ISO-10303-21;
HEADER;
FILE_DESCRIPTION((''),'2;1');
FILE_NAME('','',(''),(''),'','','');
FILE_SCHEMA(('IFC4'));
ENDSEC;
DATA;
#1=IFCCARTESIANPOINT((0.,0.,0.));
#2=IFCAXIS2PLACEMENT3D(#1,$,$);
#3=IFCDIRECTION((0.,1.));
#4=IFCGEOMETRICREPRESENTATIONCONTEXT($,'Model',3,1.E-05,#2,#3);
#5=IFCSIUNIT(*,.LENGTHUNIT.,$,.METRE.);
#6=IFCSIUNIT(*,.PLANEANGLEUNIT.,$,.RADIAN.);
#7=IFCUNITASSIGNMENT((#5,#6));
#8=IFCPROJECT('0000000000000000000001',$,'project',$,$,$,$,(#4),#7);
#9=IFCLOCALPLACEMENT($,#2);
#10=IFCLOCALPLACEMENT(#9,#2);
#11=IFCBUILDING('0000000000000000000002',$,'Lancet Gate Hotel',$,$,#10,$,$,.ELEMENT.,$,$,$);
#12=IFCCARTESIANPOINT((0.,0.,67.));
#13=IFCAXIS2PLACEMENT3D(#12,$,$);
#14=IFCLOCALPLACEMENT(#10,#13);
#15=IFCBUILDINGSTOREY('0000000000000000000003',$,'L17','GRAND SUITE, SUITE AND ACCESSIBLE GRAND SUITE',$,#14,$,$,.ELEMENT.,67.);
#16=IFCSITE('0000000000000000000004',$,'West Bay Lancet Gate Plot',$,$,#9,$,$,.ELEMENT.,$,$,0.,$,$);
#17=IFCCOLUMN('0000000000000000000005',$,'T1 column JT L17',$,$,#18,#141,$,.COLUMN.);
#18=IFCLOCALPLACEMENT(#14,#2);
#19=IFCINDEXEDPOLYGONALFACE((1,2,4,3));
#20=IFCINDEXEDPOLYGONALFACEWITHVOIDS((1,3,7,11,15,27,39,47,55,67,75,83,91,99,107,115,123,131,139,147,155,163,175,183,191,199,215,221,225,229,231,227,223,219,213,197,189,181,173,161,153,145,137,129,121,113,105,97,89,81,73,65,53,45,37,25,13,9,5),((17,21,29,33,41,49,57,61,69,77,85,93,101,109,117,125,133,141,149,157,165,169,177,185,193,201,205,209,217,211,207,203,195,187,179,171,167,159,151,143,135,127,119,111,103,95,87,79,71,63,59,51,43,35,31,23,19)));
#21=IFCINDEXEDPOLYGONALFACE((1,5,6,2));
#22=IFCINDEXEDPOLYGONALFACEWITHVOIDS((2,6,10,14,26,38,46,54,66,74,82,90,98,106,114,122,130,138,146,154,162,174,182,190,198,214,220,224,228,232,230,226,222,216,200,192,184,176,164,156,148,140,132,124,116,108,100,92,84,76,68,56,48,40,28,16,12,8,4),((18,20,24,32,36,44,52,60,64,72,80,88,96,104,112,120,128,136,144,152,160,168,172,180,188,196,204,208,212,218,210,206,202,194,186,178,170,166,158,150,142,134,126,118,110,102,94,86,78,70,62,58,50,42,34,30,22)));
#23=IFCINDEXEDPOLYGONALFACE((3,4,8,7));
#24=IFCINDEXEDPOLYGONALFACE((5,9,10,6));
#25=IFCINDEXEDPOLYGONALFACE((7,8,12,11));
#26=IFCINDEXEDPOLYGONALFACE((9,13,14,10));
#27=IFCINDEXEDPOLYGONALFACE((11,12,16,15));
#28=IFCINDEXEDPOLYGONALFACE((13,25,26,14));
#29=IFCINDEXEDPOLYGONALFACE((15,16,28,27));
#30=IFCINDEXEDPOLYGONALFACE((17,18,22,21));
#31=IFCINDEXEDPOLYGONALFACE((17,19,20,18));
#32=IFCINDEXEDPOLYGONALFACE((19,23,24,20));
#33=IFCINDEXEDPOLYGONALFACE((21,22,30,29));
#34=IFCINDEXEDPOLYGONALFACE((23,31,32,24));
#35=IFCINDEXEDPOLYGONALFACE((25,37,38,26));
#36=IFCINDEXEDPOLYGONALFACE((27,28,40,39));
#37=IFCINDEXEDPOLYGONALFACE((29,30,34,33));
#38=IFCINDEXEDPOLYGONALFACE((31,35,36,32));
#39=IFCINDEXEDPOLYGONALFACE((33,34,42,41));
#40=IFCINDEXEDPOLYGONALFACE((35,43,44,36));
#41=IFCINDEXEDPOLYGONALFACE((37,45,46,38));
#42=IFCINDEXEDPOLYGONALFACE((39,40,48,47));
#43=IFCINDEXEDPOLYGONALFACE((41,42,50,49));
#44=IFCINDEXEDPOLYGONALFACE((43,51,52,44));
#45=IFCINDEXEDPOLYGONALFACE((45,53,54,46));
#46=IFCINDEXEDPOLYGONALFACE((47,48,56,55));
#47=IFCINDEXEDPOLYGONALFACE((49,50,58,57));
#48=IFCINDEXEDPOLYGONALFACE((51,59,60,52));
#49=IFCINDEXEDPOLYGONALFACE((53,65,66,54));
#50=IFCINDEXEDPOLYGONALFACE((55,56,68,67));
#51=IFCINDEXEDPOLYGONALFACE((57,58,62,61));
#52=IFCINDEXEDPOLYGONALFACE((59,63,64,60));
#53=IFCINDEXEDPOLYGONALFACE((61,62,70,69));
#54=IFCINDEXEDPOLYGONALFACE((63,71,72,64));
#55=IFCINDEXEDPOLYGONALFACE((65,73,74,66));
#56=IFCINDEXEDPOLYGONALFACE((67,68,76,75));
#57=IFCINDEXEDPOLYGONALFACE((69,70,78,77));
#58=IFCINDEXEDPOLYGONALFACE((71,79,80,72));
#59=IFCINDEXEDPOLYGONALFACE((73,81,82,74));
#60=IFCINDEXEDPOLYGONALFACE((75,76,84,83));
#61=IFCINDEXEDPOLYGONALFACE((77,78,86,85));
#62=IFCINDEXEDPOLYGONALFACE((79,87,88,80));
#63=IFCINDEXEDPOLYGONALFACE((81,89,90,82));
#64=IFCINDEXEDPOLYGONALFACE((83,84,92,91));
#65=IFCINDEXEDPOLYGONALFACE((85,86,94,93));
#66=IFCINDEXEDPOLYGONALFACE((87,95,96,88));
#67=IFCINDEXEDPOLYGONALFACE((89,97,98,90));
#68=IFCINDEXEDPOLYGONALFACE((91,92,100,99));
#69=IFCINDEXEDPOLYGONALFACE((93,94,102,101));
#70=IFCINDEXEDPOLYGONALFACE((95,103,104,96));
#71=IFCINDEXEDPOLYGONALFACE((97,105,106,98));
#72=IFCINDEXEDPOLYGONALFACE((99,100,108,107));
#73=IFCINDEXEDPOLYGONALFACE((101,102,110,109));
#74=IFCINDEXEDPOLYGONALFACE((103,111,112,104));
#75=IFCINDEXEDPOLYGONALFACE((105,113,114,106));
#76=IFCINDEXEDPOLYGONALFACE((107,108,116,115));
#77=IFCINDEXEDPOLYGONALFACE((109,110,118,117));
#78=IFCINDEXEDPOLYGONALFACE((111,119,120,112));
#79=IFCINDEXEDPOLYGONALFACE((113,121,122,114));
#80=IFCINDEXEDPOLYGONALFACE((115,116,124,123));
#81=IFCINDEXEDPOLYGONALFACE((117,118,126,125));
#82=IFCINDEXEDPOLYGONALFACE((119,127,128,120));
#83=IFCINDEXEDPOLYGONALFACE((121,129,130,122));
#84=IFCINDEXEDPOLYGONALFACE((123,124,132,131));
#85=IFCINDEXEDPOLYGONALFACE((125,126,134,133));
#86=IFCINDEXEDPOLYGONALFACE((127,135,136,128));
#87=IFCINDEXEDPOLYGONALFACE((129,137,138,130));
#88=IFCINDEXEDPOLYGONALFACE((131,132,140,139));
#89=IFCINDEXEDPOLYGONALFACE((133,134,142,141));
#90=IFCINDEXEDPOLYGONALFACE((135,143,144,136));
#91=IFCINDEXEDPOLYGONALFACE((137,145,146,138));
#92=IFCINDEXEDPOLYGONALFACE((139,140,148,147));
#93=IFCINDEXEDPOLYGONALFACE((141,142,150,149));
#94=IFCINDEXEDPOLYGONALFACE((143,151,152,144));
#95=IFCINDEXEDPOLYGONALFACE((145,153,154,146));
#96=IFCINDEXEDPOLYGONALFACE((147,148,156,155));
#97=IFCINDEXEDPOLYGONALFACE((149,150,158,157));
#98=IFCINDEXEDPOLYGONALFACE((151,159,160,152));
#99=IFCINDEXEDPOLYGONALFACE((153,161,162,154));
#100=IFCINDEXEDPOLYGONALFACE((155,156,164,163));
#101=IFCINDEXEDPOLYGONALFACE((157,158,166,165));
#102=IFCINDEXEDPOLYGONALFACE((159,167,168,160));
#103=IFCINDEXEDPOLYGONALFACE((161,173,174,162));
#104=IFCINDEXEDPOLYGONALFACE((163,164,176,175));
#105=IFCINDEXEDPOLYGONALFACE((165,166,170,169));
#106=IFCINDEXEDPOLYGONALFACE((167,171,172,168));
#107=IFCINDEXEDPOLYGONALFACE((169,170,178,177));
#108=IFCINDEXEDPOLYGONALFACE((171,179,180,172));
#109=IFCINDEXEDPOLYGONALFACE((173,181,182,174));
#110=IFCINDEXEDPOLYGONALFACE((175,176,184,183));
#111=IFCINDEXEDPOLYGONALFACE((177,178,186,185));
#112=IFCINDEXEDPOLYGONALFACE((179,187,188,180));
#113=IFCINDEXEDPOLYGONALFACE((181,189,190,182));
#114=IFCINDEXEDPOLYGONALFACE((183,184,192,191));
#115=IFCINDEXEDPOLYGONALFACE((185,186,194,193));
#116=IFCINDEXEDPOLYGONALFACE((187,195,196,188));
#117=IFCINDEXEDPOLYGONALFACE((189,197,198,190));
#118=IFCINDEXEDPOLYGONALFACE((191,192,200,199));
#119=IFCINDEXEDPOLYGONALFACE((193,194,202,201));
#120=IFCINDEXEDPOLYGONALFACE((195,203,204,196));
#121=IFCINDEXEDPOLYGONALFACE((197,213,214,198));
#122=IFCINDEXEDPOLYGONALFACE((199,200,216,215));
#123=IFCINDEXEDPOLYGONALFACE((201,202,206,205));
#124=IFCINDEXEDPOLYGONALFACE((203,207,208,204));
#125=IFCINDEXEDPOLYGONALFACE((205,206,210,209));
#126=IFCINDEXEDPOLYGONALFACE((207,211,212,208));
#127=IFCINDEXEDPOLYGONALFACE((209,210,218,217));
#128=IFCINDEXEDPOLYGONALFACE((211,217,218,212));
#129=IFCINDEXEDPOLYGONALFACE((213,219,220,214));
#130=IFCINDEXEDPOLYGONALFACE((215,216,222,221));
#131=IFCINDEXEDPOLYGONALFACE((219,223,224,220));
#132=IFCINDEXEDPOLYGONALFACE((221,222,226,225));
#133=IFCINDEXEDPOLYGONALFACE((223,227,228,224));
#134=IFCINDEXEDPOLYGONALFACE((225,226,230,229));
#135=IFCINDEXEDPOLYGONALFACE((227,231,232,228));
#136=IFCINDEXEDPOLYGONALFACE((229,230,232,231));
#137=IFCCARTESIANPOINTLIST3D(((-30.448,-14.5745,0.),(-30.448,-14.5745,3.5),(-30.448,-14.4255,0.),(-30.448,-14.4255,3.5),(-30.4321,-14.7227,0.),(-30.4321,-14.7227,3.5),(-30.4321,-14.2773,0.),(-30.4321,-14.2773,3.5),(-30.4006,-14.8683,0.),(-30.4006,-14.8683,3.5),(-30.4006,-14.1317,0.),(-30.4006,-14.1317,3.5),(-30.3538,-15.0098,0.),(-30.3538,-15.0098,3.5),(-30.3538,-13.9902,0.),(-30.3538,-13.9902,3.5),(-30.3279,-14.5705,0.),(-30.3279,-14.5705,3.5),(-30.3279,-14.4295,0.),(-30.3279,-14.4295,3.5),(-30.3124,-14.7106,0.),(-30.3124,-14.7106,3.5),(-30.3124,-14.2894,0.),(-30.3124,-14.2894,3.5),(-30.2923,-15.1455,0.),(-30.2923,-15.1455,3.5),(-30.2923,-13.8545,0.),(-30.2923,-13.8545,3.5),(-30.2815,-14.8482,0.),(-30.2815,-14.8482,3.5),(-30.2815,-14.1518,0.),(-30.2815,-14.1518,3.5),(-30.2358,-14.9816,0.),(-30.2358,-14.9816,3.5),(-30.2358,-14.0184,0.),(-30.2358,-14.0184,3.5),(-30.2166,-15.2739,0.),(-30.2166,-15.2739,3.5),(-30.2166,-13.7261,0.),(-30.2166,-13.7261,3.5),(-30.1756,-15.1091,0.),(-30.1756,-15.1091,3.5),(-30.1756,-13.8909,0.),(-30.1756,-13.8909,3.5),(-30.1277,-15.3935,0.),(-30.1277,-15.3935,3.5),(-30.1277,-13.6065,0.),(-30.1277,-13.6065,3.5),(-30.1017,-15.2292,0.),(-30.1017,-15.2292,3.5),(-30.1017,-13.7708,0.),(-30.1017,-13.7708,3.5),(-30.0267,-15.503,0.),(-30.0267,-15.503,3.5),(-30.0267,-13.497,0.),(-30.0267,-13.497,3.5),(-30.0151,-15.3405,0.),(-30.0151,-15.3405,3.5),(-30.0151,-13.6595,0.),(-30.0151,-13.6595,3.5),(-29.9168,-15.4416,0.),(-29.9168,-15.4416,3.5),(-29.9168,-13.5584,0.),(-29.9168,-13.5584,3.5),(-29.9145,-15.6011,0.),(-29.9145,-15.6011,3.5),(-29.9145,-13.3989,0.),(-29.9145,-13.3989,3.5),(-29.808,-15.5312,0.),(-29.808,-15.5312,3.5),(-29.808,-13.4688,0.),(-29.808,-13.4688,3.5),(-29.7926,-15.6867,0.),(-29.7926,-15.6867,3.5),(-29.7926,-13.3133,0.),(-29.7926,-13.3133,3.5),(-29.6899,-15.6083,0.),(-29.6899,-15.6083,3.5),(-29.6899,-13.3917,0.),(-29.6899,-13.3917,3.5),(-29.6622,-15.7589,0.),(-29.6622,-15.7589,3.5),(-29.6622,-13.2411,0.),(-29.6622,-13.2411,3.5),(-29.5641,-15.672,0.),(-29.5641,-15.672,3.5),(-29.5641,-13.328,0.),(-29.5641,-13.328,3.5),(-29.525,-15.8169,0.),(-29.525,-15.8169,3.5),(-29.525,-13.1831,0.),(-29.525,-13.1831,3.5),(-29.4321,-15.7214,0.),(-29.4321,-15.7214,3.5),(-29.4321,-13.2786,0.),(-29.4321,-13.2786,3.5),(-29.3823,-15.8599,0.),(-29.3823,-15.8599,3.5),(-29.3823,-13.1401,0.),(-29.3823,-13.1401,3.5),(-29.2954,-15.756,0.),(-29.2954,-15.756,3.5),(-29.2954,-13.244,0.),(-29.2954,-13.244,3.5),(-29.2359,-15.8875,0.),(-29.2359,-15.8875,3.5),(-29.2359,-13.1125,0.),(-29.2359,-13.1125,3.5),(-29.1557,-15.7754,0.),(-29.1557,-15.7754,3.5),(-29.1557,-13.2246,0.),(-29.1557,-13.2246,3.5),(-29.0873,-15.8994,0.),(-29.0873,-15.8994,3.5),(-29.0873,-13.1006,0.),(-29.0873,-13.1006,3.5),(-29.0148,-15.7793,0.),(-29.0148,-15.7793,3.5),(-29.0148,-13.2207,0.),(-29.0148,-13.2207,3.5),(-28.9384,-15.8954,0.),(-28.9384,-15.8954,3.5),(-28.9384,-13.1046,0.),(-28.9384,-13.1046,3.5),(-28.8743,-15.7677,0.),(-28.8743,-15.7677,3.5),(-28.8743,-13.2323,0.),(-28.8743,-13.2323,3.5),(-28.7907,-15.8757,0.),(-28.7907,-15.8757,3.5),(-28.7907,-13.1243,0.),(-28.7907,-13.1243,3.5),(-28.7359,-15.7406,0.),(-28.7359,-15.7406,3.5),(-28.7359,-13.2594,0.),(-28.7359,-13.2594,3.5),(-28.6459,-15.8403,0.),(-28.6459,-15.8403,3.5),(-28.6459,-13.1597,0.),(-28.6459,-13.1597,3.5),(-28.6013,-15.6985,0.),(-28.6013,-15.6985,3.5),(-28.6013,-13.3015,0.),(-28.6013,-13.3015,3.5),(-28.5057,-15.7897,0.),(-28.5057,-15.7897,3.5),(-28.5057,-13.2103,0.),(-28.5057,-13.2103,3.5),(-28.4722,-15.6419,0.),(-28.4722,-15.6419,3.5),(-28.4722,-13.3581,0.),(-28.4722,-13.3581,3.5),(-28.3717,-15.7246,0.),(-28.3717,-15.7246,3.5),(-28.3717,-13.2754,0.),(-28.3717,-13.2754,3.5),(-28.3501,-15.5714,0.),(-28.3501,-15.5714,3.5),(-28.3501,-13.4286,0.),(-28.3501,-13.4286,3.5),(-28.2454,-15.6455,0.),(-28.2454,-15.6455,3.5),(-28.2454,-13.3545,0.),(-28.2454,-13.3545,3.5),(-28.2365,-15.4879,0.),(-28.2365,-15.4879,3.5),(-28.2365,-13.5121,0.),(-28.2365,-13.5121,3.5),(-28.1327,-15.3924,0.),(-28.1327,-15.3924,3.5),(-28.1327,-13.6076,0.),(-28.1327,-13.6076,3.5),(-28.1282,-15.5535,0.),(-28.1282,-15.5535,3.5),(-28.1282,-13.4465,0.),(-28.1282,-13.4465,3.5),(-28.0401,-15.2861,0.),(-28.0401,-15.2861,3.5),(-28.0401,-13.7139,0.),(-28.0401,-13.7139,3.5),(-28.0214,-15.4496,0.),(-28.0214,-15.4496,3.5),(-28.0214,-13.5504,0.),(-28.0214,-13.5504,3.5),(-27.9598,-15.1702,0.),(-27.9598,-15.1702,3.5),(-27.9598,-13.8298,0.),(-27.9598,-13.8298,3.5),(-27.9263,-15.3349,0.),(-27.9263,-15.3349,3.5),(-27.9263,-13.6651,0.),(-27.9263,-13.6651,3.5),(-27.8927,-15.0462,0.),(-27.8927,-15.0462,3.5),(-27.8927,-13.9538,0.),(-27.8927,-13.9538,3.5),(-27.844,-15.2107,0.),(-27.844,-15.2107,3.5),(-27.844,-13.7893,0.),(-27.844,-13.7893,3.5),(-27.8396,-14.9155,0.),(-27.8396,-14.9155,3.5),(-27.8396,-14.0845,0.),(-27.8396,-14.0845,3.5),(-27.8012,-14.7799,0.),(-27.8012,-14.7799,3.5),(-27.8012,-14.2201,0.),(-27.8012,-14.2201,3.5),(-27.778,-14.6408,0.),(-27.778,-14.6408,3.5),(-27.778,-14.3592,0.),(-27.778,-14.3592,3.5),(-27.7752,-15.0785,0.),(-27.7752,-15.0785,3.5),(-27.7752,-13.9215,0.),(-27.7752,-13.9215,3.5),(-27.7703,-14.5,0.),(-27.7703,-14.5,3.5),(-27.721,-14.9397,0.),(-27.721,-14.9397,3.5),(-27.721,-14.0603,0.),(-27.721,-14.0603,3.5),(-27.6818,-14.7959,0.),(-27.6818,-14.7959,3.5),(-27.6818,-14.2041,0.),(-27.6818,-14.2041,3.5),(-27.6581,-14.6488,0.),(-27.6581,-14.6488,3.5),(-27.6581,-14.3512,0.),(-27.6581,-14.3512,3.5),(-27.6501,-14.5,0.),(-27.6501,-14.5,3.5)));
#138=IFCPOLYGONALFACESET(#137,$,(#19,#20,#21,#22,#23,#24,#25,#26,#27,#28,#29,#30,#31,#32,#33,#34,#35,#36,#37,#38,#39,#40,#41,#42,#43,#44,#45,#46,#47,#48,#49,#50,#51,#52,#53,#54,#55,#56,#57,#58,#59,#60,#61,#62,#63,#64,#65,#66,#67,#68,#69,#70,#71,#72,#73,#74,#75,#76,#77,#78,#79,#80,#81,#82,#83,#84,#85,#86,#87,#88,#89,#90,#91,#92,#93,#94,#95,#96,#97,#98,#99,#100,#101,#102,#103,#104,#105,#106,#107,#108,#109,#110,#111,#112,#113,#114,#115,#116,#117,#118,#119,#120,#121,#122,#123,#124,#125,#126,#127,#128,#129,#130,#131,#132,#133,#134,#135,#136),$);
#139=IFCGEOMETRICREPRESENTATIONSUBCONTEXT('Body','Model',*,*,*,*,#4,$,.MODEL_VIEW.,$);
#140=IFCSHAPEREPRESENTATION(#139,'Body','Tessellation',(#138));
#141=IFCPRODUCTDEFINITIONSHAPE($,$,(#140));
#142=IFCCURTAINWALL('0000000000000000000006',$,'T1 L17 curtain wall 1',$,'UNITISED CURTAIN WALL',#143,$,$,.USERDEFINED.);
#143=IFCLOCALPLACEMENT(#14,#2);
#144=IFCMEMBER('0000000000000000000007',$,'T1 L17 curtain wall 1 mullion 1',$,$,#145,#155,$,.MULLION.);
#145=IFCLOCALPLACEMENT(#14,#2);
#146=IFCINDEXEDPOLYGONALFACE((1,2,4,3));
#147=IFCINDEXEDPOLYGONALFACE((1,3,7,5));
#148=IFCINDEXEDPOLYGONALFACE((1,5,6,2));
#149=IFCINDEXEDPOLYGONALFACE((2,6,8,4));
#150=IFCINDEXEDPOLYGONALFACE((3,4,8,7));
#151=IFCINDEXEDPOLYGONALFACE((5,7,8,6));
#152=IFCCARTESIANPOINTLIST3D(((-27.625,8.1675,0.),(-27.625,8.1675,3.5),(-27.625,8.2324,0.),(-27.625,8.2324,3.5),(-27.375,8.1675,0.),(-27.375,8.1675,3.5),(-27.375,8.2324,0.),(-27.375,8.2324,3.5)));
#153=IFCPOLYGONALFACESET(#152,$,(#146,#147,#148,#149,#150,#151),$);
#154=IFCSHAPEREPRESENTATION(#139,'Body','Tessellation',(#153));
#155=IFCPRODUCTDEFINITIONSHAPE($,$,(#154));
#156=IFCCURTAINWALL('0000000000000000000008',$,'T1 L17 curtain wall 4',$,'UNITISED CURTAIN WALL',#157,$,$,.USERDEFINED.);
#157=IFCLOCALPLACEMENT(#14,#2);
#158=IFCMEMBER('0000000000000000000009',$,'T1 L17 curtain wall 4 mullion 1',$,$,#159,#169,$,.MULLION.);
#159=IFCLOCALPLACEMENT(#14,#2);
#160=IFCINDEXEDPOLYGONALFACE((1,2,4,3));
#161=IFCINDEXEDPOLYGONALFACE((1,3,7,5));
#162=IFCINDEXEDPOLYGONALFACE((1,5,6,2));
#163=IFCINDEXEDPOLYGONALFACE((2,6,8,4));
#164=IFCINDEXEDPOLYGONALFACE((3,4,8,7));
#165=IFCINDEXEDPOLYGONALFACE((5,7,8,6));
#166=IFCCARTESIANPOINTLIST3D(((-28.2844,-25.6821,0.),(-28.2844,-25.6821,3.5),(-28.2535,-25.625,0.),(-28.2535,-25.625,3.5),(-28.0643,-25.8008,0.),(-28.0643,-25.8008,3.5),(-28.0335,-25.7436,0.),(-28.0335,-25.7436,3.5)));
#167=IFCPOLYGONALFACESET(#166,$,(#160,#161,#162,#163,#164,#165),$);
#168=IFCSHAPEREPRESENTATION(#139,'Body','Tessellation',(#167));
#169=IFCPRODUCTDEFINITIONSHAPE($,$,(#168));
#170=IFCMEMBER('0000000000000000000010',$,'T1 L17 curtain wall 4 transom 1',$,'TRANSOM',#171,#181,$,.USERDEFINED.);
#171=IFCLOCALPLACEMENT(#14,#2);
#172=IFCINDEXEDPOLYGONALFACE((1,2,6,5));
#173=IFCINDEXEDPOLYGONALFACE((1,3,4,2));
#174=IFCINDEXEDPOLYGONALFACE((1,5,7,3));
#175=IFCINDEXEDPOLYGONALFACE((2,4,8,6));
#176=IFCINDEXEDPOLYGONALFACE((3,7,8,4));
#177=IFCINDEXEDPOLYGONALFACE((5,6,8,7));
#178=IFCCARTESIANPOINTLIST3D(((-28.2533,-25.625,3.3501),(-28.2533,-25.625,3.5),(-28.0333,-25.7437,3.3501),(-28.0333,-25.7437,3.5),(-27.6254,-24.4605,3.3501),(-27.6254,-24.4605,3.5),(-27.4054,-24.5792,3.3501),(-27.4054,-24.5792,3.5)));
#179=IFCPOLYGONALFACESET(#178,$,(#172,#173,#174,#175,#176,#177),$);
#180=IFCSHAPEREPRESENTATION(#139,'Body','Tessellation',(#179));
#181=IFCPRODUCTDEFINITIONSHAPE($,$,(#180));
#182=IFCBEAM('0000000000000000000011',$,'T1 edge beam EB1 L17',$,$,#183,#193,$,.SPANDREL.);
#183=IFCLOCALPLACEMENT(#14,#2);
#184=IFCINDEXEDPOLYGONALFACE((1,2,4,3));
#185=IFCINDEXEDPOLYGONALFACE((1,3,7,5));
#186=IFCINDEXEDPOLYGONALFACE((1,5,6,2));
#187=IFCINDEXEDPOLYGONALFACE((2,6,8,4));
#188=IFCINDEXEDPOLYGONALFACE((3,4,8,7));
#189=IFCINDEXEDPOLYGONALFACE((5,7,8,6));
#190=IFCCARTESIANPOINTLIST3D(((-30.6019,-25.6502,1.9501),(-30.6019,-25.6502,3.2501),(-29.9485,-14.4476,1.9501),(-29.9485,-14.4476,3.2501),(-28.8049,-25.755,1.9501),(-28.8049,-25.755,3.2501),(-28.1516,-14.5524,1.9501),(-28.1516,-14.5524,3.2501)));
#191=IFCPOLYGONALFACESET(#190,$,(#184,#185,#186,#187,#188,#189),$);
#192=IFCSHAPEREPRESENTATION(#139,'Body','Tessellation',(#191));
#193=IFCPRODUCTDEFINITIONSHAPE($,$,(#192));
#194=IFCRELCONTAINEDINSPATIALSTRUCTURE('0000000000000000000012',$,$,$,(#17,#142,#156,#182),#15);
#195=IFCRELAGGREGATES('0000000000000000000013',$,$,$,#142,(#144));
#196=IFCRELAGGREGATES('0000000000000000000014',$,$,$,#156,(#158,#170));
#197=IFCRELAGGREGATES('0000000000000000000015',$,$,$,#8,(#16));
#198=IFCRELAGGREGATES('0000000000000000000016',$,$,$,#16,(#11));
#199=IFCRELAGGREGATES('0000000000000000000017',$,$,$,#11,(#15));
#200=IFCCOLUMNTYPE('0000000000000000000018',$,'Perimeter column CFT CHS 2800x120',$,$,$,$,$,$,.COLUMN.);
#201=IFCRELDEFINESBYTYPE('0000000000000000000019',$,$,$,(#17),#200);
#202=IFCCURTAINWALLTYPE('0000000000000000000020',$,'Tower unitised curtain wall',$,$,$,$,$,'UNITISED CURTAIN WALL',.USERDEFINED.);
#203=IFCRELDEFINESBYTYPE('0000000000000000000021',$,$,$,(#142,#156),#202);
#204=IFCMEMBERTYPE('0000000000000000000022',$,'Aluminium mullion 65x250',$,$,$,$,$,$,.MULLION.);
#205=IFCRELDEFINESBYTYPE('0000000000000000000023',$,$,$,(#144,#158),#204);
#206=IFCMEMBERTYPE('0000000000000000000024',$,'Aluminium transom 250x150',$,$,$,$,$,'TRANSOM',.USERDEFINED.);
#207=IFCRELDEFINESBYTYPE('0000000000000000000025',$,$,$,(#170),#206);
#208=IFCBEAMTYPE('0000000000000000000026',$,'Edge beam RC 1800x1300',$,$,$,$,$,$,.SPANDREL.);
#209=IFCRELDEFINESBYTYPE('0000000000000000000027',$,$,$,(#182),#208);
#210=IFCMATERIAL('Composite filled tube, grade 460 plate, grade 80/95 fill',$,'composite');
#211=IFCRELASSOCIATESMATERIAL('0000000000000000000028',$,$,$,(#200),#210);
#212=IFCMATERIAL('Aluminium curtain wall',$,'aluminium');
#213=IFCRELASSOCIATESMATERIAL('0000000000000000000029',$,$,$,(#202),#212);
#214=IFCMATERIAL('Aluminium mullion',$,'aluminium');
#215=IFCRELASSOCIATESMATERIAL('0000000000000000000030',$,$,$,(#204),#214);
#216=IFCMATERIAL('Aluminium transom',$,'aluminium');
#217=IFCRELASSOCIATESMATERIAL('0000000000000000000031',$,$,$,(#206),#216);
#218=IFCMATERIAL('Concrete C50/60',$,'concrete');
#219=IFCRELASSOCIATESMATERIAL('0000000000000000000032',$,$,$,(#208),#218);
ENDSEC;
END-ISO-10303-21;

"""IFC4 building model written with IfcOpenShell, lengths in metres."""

from ifc_helpers import new_model, si_unit, direction, frame, origin, origin_2d, place, context, subcontext, project, spatial, rectangle, hollow_circle, extrude, material, material_profile, profile_set, type_object, element, aggregate, save


model = new_model("IFC4")

# Units and contexts
model_context = context("Model", 3, precision=1e-05, world=origin(), true_north=direction((0.0, 1.0)))
body_context = subcontext(model_context, "Body", "Model", "MODEL_VIEW")
ifc_project = project(units=[si_unit("LENGTHUNIT", "METRE"), si_unit("PLANEANGLEUNIT", "RADIAN")], contexts=[model_context])

# Site, building, storey
site_placement = place(None, origin())
site = spatial("IfcSite", under=ifc_project, at=site_placement, Name="West Bay Lancet Gate Plot", CompositionType="ELEMENT", RefElevation=0.0)
building_placement = place(site_placement, origin())
building = spatial("IfcBuilding", under=site, at=building_placement, Name="Lancet Gate Hotel", CompositionType="ELEMENT")
storey_placement = place(building_placement, frame((0.0, 0.0, 67.0)))
storey = spatial("IfcBuildingStorey", under=building, at=storey_placement, Name="L17", Description="GRAND SUITE, SUITE AND ACCESSIBLE GRAND SUITE", CompositionType="ELEMENT", Elevation=67.0)

# Column
ifc_material_1 = material(Name="Composite filled tube, grade 460 plate, grade 80/95 fill", Category="composite")
ifc_material_profile_1 = material_profile(ifc_material_1, hollow_circle(Radius=1.3999, WallThickness=0.1201, at=origin_2d()), Name="CHS 2800x120")
ifc_profile_set_1 = profile_set([ifc_material_profile_1], Name="Composite filled tube, grade 460 plate, grade 80/95 fill")
column_type = type_object("IfcColumnType", Name="Perimeter column CFT CHS 2800x120", PredefinedType="COLUMN", material=ifc_profile_set_1)
for number, where, z_axis, x_axis, name in (
    (1, (-29.05, -14.5, 0.0), (0.0, 0.0, 1.0), (1.0, 0.0, 0.0), "T1 column JT L17"),
):
    element("IfcColumn", number, at=place(storey_placement, frame(where, z_axis=z_axis, x_axis=x_axis)), inside=storey, type_object=column_type, Name=name, PredefinedType="COLUMN", context=body_context, shape_type="SweptSolid", body=[
        extrude(hollow_circle(Radius=1.3999, WallThickness=0.1201, at=origin_2d()), origin(), (0.0, 0.0, 1.0), 3.5),
    ])

# Curtain wall, member
ifc_material_2 = material(Name="Aluminium curtain wall", Category="aluminium")
curtain_wall_type = type_object("IfcCurtainWallType", Name="Tower unitised curtain wall", ElementType="UNITISED CURTAIN WALL", PredefinedType="USERDEFINED", material=ifc_material_2)
curtain_wall_1_placement = place(storey_placement, origin())
curtain_wall_1 = element("IfcCurtainWall", 2, at=curtain_wall_1_placement, inside=storey, type_object=curtain_wall_type, Name="T1 L17 curtain wall 1", ObjectType="UNITISED CURTAIN WALL", PredefinedType="USERDEFINED")
ifc_material_3 = material(Name="Aluminium mullion", Category="aluminium")
ifc_material_profile_2 = material_profile(ifc_material_3, rectangle(XDim=0.0649, YDim=0.25, at=origin_2d()), Name="MULLION 65x250")
ifc_profile_set_2 = profile_set([ifc_material_profile_2], Name="Aluminium mullion")
member_type_1 = type_object("IfcMemberType", Name="Aluminium mullion 65x250", PredefinedType="MULLION", material=ifc_profile_set_2)
member_1_placement = place(storey_placement, frame((-27.5, 8.2, 0.0), z_axis=(0.0, 0.0, 1.0), x_axis=(0.0, 1.0, 0.0)))
member_1 = element("IfcMember", 3, at=member_1_placement, type_object=member_type_1, Name="T1 L17 curtain wall 1 mullion 1", PredefinedType="MULLION", context=body_context, shape_type="SweptSolid", body=[
    extrude(rectangle(XDim=0.0649, YDim=0.25, at=origin_2d()), origin(), (0.0, 0.0, 1.0), 3.5),
])
aggregate(curtain_wall_1, [member_1])

# Curtain wall, members
curtain_wall_2_placement = place(storey_placement, origin())
curtain_wall_2 = element("IfcCurtainWall", 4, at=curtain_wall_2_placement, inside=storey, type_object=curtain_wall_type, Name="T1 L17 curtain wall 4", ObjectType="UNITISED CURTAIN WALL", PredefinedType="USERDEFINED")
member_2_placement = place(storey_placement, frame((-28.1589, -25.7129, 0.0), z_axis=(0.0, 0.0, 1.0), x_axis=(0.474631, 0.880185, 0.0)))
member_2 = element("IfcMember", 5, at=member_2_placement, type_object=member_type_1, Name="T1 L17 curtain wall 4 mullion 1", PredefinedType="MULLION", context=body_context, shape_type="SweptSolid", body=[
    extrude(rectangle(XDim=0.0649, YDim=0.25, at=origin_2d()), origin(), (0.0, 0.0, 1.0), 3.5),
])
ifc_material_4 = material(Name="Aluminium transom", Category="aluminium")
ifc_material_profile_3 = material_profile(ifc_material_4, rectangle(XDim=0.25, YDim=0.1499, at=origin_2d()), Name="TRANSOM 250x150")
ifc_profile_set_3 = profile_set([ifc_material_profile_3], Name="Aluminium transom")
member_type_2 = type_object("IfcMemberType", Name="Aluminium transom 250x150", ElementType="TRANSOM", PredefinedType="USERDEFINED", material=ifc_profile_set_3)
member_3_placement = place(storey_placement, frame((-28.1433, -25.6843, 3.425), z_axis=(0.474606, 0.880198, 0.0), x_axis=(-0.880198, 0.474606, 0.0)))
member_3 = element("IfcMember", 6, at=member_3_placement, type_object=member_type_2, Name="T1 L17 curtain wall 4 transom 1", ObjectType="TRANSOM", PredefinedType="USERDEFINED", context=body_context, shape_type="SweptSolid", body=[
    extrude(rectangle(XDim=0.25, YDim=0.1499, at=origin_2d()), origin(), (0.0, 0.0, 1.0), 1.323),
])

# Beam
ifc_material_5 = material(Name="Concrete C50/60", Category="concrete")
ifc_material_profile_4 = material_profile(ifc_material_5, rectangle(XDim=1.8, YDim=1.3, at=origin_2d()), Name="RC 1800x1300")
ifc_profile_set_4 = profile_set([ifc_material_profile_4], Name="Concrete C50/60")
beam_type_1 = type_object("IfcBeamType", Name="Edge beam RC 1800x1300", PredefinedType="SPANDREL", material=ifc_profile_set_4)
beam_1_placement = place(storey_placement, frame((-29.05, -14.5, 2.6001), z_axis=(-0.05822, -0.998304, 0.0), x_axis=(0.998304, -0.05822, 0.0)))
element("IfcBeam", 7, at=beam_1_placement, inside=storey, type_object=beam_type_1, Name="T1 edge beam EB1 L17", PredefinedType="SPANDREL", context=body_context, shape_type="SweptSolid", body=[
    extrude(rectangle(XDim=1.8, YDim=1.3, at=origin_2d()), origin(), (0.0, 0.0, 1.0), 11.2217),
])

aggregate(curtain_wall_2, [member_2, member_3])

save(model, "model.ifc")
